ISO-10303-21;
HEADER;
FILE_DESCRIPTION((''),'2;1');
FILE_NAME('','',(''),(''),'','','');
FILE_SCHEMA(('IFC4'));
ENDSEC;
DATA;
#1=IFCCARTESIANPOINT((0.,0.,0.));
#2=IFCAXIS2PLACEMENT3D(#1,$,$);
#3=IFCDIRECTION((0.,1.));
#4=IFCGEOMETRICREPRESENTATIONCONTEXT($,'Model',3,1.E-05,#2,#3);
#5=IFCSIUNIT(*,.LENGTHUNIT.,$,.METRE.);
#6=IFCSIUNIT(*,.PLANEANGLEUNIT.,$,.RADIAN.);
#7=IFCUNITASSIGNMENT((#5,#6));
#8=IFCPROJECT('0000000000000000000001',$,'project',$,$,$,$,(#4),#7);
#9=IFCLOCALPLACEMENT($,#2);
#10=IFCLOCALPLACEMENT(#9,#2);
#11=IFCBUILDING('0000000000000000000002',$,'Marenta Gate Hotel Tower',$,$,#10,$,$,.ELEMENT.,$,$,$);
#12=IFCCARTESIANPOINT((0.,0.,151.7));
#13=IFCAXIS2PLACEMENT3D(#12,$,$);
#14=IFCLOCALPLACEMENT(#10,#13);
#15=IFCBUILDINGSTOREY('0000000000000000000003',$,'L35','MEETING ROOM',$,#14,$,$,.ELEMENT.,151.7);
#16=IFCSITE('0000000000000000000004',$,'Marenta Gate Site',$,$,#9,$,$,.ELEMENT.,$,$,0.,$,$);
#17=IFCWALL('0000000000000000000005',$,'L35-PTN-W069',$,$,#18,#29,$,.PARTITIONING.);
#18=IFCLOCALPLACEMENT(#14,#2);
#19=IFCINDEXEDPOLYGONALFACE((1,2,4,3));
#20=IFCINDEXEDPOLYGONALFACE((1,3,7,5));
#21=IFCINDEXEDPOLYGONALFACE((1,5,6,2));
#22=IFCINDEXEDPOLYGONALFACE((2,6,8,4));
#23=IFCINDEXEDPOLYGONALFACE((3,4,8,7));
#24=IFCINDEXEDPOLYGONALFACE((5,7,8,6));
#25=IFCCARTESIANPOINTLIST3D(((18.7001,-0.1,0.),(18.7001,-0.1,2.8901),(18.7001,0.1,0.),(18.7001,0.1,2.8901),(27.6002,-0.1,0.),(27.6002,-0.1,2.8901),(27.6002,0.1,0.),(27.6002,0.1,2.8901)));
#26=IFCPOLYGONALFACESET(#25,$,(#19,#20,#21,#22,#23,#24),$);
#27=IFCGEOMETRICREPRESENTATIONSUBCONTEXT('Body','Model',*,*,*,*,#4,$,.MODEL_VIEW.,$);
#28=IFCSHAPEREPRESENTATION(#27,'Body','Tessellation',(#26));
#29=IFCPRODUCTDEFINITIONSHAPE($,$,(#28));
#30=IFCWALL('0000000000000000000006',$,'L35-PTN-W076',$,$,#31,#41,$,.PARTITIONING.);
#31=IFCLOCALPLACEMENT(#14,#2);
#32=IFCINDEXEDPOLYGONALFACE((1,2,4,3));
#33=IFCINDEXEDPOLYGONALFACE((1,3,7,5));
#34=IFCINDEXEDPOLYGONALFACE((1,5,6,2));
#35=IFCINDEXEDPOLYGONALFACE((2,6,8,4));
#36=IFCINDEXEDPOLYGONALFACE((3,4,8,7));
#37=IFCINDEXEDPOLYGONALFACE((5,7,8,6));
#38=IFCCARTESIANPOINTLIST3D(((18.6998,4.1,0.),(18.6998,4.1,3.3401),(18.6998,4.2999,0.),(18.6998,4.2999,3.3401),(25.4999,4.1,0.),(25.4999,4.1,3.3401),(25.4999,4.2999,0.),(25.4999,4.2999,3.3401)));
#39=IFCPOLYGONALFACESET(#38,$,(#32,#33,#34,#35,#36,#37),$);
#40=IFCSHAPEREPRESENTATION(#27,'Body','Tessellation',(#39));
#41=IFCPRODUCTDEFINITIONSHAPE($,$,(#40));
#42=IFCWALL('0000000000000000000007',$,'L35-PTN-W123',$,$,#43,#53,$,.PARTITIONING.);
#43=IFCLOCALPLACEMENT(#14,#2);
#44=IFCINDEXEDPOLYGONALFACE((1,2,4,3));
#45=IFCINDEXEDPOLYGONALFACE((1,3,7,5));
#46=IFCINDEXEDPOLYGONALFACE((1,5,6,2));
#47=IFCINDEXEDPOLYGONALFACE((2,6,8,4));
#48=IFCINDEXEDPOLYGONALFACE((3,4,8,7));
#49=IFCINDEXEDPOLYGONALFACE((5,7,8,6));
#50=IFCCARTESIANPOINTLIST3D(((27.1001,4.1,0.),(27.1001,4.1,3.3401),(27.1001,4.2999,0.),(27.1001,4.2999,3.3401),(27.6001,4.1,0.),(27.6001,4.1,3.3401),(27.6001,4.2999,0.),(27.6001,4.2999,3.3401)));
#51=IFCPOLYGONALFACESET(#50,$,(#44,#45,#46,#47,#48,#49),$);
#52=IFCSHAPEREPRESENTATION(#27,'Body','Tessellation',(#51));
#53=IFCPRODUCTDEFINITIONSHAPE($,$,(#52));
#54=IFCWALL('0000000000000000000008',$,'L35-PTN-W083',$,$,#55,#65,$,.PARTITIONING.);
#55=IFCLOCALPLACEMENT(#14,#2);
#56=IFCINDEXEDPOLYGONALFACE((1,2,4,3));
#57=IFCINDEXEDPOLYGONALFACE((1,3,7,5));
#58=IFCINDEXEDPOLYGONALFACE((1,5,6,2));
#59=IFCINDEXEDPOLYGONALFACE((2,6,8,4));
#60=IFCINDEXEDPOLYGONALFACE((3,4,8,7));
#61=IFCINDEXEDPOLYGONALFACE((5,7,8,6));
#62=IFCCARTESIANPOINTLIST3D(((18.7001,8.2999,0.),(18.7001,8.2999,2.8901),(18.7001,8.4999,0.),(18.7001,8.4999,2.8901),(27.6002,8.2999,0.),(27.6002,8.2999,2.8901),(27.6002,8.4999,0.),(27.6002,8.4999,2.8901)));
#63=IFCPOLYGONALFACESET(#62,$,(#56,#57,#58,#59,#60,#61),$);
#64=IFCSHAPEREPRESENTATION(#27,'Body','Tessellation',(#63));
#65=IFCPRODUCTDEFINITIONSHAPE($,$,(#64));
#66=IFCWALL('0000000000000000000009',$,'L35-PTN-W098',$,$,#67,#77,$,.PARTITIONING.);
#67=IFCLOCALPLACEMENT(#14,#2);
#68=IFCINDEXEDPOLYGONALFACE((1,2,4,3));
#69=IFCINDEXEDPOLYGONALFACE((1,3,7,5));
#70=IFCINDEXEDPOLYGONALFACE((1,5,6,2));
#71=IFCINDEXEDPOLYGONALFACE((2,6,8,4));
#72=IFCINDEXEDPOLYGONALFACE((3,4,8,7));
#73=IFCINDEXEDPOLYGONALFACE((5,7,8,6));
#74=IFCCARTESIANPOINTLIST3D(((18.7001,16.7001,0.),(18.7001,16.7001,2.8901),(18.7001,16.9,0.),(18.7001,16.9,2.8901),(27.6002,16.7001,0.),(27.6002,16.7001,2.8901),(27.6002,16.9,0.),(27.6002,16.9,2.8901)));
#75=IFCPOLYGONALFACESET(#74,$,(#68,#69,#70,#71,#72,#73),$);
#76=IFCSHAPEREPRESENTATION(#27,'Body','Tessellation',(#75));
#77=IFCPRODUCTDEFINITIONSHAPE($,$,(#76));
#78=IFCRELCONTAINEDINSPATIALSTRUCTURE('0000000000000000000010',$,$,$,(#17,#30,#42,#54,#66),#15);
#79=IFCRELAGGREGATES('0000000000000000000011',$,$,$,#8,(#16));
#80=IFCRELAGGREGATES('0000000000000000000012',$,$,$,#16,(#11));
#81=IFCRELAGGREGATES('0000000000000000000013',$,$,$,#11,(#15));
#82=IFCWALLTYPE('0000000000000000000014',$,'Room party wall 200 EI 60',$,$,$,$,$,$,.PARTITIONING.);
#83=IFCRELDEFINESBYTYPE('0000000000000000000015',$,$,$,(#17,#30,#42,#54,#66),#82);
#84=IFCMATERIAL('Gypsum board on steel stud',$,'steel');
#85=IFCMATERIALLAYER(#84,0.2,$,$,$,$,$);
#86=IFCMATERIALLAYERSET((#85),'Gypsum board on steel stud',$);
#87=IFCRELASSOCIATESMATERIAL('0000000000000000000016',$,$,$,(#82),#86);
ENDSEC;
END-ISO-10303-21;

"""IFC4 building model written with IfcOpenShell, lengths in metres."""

from ifc_helpers import new_model, si_unit, direction, frame, frame_2d, origin, place, context, subcontext, project, spatial, rectangle, extrude, material, layer, layer_set, type_object, element, save


model = new_model("IFC4")

# Units and contexts
model_context = context("Model", 3, precision=1e-05, world=origin(), true_north=direction((0.0, 1.0)))
body_context = subcontext(model_context, "Body", "Model", "MODEL_VIEW")
ifc_project = project(units=[si_unit("LENGTHUNIT", "METRE"), si_unit("PLANEANGLEUNIT", "RADIAN")], contexts=[model_context])

# Site, building, storey
site_placement = place(None, origin())
site = spatial("IfcSite", under=ifc_project, at=site_placement, Name="Marenta Gate Site", CompositionType="ELEMENT", RefElevation=0.0)
building_placement = place(site_placement, origin())
building = spatial("IfcBuilding", under=site, at=building_placement, Name="Marenta Gate Hotel Tower", CompositionType="ELEMENT")
storey_placement = place(building_placement, frame((0.0, 0.0, 151.7)))
storey = spatial("IfcBuildingStorey", under=building, at=storey_placement, Name="L35", Description="MEETING ROOM", CompositionType="ELEMENT", Elevation=151.7)

# Walls
ifc_material_1 = material(Name="Gypsum board on steel stud", Category="steel")
ifc_layer_1 = layer(ifc_material_1, 0.2)
ifc_layer_set_1 = layer_set([ifc_layer_1], Name="Gypsum board on steel stud")
wall_type_1 = type_object("IfcWallType", Name="Room party wall 200 EI 60", PredefinedType="PARTITIONING", material=ifc_layer_set_1)
wall_1_placement = place(storey_placement, frame((18.7, 0.0, 0.0), z_axis=(0.0, 0.0, 1.0), x_axis=(1.0, 0.0, 0.0)))
element("IfcWall", 1, at=wall_1_placement, inside=storey, type_object=wall_type_1, Name="L35-PTN-W069", PredefinedType="PARTITIONING", context=body_context, shape_type="SweptSolid", body=[
    extrude(rectangle(XDim=8.9001, YDim=0.2, at=frame_2d((4.4502, 0.0))), origin(), (0.0, 0.0, 1.0), 2.8901),
])
wall_2_placement = place(storey_placement, frame((18.7, 4.2, 0.0), z_axis=(0.0, 0.0, 1.0), x_axis=(1.0, 0.0, 0.0)))
element("IfcWall", 2, at=wall_2_placement, inside=storey, type_object=wall_type_1, Name="L35-PTN-W076", PredefinedType="PARTITIONING", context=body_context, shape_type="SweptSolid", body=[
    extrude(rectangle(XDim=6.8, YDim=0.2, at=frame_2d((3.3999, 0.0))), origin(), (0.0, 0.0, 1.0), 3.3401),
])
wall_3_placement = place(storey_placement, frame((27.1001, 4.2, 0.0), z_axis=(0.0, 0.0, 1.0), x_axis=(1.0, 0.0, 0.0)))
element("IfcWall", 3, at=wall_3_placement, inside=storey, type_object=wall_type_1, Name="L35-PTN-W123", PredefinedType="PARTITIONING", context=body_context, shape_type="SweptSolid", body=[
    extrude(rectangle(XDim=0.5, YDim=0.2, at=frame_2d((0.25, 0.0))), origin(), (0.0, 0.0, 1.0), 3.3401),
])
for number, where, z_axis, x_axis, name in (
    (4, (18.7, 8.3999, 0.0), (0.0, 0.0, 1.0), (1.0, 0.0, 0.0), "L35-PTN-W083"),
    (5, (18.7, 16.8, 0.0), (0.0, 0.0, 1.0), (1.0, 0.0, 0.0), "L35-PTN-W098"),
):
    element("IfcWall", number, at=place(storey_placement, frame(where, z_axis=z_axis, x_axis=x_axis)), inside=storey, type_object=wall_type_1, Name=name, PredefinedType="PARTITIONING", context=body_context, shape_type="SweptSolid", body=[
        extrude(rectangle(XDim=8.9001, YDim=0.2, at=frame_2d((4.4502, 0.0))), origin(), (0.0, 0.0, 1.0), 2.8901),
    ])

save(model, "model.ifc")
